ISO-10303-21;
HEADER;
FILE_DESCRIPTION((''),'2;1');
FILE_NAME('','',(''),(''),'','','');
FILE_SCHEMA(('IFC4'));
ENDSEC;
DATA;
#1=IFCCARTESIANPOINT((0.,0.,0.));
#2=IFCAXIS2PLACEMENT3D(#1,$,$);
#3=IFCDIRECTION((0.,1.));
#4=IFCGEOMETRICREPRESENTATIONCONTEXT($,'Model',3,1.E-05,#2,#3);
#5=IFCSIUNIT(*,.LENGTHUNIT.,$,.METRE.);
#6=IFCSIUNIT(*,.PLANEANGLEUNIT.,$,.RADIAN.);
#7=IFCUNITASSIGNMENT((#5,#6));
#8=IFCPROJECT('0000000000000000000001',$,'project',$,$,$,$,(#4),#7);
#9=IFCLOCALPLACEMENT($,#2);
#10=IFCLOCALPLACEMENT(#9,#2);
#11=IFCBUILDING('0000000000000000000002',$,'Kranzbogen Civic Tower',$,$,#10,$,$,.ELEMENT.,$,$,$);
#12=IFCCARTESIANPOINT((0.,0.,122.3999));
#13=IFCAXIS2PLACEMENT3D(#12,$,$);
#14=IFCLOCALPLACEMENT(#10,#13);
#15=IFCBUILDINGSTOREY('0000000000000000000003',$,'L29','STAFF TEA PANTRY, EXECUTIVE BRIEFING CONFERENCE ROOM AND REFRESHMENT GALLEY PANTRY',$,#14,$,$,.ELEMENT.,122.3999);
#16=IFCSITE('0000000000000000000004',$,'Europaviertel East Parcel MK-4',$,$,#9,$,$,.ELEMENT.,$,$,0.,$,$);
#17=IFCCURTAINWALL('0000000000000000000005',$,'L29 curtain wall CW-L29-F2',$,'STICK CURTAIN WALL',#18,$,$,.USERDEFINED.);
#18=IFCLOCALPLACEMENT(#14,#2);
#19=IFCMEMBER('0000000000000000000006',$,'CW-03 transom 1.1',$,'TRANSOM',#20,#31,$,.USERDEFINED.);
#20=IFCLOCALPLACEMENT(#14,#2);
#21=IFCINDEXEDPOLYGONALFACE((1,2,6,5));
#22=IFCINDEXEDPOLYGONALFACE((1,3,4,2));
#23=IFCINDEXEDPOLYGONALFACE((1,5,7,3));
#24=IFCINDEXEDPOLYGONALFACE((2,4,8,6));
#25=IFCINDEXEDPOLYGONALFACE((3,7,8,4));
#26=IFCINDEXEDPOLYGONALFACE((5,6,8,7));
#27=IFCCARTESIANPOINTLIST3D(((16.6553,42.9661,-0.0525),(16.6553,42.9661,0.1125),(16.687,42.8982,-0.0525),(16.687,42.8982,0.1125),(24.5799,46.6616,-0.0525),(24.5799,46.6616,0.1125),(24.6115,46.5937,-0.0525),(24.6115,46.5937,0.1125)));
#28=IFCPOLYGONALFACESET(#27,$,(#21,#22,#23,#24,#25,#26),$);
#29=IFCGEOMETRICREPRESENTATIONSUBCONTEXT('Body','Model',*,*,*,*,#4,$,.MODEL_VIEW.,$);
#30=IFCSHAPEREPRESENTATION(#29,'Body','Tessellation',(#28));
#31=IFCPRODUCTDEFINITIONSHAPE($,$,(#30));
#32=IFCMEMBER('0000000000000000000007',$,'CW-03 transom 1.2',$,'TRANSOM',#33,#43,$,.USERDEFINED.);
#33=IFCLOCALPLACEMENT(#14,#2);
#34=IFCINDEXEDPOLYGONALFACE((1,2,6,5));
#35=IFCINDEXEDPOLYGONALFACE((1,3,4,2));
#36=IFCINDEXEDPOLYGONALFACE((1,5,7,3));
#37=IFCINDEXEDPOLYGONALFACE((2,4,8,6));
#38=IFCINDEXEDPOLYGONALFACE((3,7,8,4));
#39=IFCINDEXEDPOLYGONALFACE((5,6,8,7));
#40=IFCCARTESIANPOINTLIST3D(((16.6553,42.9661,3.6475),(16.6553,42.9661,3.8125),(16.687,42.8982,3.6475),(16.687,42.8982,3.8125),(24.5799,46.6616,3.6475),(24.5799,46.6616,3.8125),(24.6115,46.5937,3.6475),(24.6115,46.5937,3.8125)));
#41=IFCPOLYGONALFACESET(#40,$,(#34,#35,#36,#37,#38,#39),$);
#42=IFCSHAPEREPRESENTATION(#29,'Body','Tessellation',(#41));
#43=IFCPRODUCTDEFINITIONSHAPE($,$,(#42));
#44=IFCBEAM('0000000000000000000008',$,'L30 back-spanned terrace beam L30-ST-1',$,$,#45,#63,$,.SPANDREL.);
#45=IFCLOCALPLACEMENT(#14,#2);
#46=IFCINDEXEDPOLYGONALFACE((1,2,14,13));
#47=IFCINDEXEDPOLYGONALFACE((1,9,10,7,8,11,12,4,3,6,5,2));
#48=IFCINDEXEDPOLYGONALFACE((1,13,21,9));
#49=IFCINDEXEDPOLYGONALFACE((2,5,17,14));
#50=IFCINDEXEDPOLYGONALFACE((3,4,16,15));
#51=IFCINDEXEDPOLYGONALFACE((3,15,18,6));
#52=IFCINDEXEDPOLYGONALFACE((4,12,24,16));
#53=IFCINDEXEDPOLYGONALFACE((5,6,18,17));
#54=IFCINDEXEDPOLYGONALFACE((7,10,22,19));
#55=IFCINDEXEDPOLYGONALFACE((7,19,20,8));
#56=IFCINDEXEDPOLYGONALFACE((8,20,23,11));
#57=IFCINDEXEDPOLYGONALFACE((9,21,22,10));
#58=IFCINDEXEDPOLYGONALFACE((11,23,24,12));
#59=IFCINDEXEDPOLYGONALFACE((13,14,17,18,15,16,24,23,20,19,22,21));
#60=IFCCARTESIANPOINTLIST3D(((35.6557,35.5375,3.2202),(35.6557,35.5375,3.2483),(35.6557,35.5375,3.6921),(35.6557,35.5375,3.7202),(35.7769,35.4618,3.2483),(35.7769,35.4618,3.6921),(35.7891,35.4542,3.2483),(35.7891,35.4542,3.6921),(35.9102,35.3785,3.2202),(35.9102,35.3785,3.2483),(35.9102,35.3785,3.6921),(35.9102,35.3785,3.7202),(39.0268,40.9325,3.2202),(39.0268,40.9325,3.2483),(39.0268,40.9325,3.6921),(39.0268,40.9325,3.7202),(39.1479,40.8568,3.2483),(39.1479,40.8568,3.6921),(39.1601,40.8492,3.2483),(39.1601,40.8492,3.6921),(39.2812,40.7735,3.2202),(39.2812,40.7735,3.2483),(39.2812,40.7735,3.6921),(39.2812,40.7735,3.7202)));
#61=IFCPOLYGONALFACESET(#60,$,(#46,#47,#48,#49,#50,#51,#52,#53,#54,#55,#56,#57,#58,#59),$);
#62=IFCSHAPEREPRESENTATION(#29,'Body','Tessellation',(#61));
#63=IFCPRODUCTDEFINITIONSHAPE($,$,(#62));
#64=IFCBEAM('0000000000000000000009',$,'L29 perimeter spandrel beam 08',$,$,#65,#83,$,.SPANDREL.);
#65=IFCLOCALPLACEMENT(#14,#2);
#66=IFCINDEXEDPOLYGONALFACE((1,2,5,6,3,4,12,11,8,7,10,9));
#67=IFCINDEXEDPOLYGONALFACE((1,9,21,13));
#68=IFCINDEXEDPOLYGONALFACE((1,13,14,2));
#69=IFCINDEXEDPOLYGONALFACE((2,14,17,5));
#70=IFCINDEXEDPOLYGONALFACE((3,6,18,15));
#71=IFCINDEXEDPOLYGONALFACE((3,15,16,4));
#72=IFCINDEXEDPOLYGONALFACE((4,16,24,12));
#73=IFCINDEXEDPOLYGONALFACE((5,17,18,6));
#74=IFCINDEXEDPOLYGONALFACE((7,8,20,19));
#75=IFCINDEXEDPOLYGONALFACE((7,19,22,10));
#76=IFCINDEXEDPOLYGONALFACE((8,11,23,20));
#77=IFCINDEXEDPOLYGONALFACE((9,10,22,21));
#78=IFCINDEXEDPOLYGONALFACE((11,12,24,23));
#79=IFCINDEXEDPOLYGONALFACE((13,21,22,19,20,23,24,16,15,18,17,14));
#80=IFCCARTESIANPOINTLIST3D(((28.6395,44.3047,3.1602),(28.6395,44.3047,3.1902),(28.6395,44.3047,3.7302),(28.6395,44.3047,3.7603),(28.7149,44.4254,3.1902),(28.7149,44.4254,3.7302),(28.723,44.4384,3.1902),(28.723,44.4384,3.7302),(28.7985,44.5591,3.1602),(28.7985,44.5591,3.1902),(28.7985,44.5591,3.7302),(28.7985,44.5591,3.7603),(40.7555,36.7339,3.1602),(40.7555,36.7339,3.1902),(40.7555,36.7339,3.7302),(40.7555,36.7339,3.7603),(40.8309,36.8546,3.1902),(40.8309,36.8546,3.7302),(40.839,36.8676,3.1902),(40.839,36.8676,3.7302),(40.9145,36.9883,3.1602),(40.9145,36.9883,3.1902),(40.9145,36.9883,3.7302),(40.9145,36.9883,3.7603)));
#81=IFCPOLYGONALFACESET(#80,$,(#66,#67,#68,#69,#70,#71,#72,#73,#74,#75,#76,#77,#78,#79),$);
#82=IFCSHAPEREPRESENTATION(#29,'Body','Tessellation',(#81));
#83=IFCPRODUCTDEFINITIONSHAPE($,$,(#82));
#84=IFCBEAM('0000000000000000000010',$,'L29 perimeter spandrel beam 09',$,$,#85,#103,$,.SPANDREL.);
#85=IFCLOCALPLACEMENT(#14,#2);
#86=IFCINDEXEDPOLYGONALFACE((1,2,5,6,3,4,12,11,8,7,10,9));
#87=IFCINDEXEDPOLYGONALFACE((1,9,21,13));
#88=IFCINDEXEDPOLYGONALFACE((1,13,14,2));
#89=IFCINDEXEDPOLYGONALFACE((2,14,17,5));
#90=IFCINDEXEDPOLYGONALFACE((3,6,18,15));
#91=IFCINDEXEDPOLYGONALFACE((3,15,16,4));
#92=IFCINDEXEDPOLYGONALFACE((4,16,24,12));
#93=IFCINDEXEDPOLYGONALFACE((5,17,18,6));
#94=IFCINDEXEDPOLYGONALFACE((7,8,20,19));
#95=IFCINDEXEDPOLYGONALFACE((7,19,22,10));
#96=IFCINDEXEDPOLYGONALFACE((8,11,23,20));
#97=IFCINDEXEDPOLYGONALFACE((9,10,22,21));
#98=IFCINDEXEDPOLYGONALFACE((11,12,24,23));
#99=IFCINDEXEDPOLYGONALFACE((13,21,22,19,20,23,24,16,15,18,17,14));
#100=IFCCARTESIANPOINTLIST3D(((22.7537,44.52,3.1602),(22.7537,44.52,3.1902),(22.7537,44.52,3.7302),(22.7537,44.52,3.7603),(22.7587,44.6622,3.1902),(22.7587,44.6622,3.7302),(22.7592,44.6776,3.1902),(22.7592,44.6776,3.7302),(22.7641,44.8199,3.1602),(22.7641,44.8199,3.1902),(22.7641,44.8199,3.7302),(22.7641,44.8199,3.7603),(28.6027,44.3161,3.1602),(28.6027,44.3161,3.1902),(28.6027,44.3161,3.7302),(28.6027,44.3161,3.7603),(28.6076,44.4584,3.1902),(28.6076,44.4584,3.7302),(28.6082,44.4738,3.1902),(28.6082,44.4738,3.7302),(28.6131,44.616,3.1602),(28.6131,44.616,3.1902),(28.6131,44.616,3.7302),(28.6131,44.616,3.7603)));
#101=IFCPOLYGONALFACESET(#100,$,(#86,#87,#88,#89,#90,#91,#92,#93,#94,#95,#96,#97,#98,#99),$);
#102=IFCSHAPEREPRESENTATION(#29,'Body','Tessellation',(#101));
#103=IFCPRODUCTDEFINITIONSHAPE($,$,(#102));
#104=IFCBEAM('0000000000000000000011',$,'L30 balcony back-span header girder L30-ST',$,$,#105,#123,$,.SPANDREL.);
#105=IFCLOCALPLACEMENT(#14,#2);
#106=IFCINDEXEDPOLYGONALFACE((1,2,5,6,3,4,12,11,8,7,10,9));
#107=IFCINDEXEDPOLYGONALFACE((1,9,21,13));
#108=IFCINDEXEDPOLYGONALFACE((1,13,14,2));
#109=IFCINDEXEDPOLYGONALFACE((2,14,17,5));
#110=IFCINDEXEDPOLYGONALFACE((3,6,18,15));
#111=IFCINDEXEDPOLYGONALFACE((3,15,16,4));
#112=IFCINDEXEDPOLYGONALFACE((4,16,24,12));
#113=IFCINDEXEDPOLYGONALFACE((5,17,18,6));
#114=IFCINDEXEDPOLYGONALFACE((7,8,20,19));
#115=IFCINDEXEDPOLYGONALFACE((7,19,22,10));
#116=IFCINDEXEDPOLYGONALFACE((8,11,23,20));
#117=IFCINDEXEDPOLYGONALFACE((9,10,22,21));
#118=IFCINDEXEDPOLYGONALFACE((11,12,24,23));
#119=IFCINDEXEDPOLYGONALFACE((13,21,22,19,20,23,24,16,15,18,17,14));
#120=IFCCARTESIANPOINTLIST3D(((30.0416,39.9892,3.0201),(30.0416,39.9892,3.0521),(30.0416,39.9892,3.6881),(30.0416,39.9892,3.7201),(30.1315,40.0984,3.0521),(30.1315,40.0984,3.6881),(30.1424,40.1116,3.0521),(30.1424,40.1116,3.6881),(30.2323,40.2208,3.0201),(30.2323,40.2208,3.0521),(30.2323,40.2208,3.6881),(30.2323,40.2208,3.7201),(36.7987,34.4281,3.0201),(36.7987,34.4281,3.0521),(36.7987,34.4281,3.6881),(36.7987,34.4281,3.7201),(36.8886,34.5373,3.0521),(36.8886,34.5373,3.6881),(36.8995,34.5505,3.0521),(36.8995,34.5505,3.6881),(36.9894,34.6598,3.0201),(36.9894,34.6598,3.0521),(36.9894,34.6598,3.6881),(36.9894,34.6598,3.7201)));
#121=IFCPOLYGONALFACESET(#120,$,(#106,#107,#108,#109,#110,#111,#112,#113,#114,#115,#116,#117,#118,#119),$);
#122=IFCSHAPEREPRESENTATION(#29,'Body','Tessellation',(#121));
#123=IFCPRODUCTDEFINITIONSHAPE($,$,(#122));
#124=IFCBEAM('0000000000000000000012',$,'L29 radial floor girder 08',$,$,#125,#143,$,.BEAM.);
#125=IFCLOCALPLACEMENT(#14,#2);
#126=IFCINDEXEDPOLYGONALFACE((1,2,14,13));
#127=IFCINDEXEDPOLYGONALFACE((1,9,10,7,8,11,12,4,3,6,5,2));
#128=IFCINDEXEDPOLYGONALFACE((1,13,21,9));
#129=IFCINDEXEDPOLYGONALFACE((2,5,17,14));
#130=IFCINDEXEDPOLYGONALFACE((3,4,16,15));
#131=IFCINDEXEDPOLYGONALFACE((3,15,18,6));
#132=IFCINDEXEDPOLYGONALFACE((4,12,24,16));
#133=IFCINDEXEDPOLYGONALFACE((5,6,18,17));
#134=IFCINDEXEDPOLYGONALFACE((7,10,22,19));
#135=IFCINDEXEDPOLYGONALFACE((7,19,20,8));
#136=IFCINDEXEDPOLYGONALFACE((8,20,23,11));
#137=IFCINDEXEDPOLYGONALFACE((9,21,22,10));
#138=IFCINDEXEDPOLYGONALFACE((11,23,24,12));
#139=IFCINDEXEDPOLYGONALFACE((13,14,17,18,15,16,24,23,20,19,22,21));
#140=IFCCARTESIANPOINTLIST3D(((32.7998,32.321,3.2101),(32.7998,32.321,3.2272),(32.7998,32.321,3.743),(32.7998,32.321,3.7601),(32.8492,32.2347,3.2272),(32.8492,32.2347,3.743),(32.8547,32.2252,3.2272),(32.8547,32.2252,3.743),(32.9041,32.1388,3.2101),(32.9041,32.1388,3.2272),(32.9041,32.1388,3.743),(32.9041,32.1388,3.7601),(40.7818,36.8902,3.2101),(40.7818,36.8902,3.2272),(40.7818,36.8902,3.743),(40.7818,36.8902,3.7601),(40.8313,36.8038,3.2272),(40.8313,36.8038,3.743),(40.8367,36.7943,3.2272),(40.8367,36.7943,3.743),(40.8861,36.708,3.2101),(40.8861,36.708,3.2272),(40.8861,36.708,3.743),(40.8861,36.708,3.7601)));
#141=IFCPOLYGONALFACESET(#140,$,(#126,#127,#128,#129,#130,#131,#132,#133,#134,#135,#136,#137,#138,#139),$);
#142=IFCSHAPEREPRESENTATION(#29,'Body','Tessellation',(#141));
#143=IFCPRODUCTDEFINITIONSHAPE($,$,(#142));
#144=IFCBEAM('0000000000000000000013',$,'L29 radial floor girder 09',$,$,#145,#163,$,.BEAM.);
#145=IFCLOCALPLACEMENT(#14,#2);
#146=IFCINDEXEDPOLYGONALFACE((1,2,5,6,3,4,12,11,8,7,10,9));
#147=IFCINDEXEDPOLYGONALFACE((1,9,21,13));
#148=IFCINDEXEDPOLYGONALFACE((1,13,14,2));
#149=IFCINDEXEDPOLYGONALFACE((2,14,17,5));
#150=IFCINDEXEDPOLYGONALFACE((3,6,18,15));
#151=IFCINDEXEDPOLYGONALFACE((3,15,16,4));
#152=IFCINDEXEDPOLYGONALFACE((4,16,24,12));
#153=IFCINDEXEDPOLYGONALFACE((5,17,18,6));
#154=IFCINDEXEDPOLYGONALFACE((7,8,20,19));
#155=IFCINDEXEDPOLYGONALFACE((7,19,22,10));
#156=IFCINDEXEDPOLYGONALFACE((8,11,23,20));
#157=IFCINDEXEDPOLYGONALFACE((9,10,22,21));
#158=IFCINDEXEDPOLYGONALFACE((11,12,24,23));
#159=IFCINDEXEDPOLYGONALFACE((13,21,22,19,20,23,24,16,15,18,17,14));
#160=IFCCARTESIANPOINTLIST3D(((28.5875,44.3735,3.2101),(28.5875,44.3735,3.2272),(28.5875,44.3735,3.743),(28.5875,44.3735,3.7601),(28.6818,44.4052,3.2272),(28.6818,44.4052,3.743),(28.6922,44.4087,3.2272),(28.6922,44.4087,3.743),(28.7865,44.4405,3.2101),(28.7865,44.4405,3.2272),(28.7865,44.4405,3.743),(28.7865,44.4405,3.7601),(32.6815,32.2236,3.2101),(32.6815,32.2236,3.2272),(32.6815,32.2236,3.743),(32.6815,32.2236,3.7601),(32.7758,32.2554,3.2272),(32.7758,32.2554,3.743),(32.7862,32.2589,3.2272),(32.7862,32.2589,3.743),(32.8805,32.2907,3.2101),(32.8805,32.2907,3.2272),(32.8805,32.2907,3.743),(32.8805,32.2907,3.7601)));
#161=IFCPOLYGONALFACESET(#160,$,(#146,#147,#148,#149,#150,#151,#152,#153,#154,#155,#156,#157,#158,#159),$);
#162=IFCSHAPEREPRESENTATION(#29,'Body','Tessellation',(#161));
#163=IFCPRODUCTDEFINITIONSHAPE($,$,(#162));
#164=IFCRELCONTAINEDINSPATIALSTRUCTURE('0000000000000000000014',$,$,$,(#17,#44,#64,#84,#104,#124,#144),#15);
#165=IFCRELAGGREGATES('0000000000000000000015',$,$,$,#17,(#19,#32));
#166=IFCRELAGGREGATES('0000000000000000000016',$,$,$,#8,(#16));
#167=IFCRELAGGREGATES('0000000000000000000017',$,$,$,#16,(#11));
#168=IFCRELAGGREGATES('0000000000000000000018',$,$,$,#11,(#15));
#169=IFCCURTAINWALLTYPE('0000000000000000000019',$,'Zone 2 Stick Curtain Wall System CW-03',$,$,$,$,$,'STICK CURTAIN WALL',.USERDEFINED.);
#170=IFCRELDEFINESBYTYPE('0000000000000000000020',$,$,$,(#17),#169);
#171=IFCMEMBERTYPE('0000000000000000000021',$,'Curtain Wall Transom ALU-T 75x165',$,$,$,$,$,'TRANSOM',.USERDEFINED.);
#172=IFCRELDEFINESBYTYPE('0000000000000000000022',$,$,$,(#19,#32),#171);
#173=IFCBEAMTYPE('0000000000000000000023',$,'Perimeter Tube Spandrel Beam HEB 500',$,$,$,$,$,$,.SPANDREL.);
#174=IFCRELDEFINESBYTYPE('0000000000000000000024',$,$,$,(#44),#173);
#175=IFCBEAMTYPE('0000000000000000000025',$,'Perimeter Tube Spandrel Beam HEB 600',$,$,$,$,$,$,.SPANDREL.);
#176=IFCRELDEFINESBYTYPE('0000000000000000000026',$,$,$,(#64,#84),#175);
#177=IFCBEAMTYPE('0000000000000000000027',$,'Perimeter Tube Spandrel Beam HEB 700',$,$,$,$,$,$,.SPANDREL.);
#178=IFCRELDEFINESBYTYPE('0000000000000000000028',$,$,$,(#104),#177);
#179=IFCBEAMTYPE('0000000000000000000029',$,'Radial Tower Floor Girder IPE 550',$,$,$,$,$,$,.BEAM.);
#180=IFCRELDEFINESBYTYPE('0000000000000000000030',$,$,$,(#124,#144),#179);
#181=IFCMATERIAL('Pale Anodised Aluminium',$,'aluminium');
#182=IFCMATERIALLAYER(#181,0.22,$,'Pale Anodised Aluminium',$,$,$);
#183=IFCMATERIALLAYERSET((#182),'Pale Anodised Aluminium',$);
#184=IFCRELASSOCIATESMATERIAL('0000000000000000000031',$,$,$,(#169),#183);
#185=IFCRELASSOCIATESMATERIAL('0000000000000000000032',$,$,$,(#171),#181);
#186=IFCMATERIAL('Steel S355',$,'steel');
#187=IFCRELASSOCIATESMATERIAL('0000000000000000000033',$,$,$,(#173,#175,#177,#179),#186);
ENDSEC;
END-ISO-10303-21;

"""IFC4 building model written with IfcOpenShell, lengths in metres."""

from ifc_helpers import new_model, si_unit, direction, frame, origin, origin_2d, place, context, subcontext, project, spatial, rectangle, i_section, extrude, material, layer, layer_set, material_profile, profile_set, type_object, element, aggregate, save


model = new_model("IFC4")

# Units and contexts
model_context = context("Model", 3, precision=1e-05, world=origin(), true_north=direction((0.0, 1.0)))
body_context = subcontext(model_context, "Body", "Model", "MODEL_VIEW")
ifc_project = project(units=[si_unit("LENGTHUNIT", "METRE"), si_unit("PLANEANGLEUNIT", "RADIAN")], contexts=[model_context])

# Site, building, storey
site_placement = place(None, origin())
site = spatial("IfcSite", under=ifc_project, at=site_placement, Name="Europaviertel East Parcel MK-4", CompositionType="ELEMENT", RefElevation=0.0)
building_placement = place(site_placement, origin())
building = spatial("IfcBuilding", under=site, at=building_placement, Name="Kranzbogen Civic Tower", CompositionType="ELEMENT")
storey_placement = place(building_placement, frame((0.0, 0.0, 122.3999)))
storey = spatial("IfcBuildingStorey", under=building, at=storey_placement, Name="L29", Description="STAFF TEA PANTRY, EXECUTIVE BRIEFING CONFERENCE ROOM AND REFRESHMENT GALLEY PANTRY", CompositionType="ELEMENT", Elevation=122.3999)

# Shared definitions
ifc_material_1 = material(Name="Steel S355", Category="steel")

# Shared definitions
ifc_material_2 = material(Name="Pale Anodised Aluminium", Category="aluminium")
ifc_layer_1 = layer(ifc_material_2, 0.22, Name="Pale Anodised Aluminium")
ifc_layer_set_1 = layer_set([ifc_layer_1], Name="Pale Anodised Aluminium")
curtain_wall_type = type_object("IfcCurtainWallType", Name="Zone 2 Stick Curtain Wall System CW-03", ElementType="STICK CURTAIN WALL", PredefinedType="USERDEFINED", material=ifc_layer_set_1)

# Curtain wall
curtain_wall_1_placement = place(storey_placement, origin())
curtain_wall_1 = element("IfcCurtainWall", 1, at=curtain_wall_1_placement, inside=storey, type_object=curtain_wall_type, Name="L29 curtain wall CW-L29-F2", ObjectType="STICK CURTAIN WALL", PredefinedType="USERDEFINED")

# Members
ifc_material_profile_1 = material_profile(ifc_material_2, rectangle(XDim=0.075, YDim=0.165, at=origin_2d()), Name="ALU-T 75x165")
ifc_profile_set_1 = profile_set([ifc_material_profile_1], Name="Pale Anodised Aluminium")
member_type_1 = type_object("IfcMemberType", Name="Curtain Wall Transom ALU-T 75x165", ElementType="TRANSOM", PredefinedType="USERDEFINED", material=ifc_profile_set_1)
member_1_placement = place(storey_placement, frame((24.5957, 46.6277, 0.03), z_axis=(-0.906296, -0.422644, 0.0), x_axis=(0.422644, -0.906296, 0.0)))
member_1 = element("IfcMember", 2, at=member_1_placement, type_object=member_type_1, Name="CW-03 transom 1.1", ObjectType="TRANSOM", PredefinedType="USERDEFINED", context=body_context, shape_type="SweptSolid", body=[
    extrude(rectangle(XDim=0.075, YDim=0.165, at=origin_2d()), origin(), (0.0, 0.0, 1.0), 8.7439),
])
member_2_placement = place(storey_placement, frame((24.5957, 46.6277, 3.73), z_axis=(-0.906296, -0.422644, 0.0), x_axis=(0.422644, -0.906296, 0.0)))
member_2 = element("IfcMember", 3, at=member_2_placement, type_object=member_type_1, Name="CW-03 transom 1.2", ObjectType="TRANSOM", PredefinedType="USERDEFINED", context=body_context, shape_type="SweptSolid", body=[
    extrude(rectangle(XDim=0.075, YDim=0.165, at=origin_2d()), origin(), (0.0, 0.0, 1.0), 8.7439),
])
aggregate(curtain_wall_1, [member_1, member_2])

# Beams
ifc_material_profile_2 = material_profile(ifc_material_1, i_section(OverallWidth=0.3, OverallDepth=0.5, WebThickness=0.0144, FlangeThickness=0.0281, at=origin_2d()), Name="HEB 500")
ifc_profile_set_2 = profile_set([ifc_material_profile_2], Name="Steel S355")
beam_type_1 = type_object("IfcBeamType", Name="Perimeter Tube Spandrel Beam HEB 500", PredefinedType="SPANDREL", material=ifc_profile_set_2)
beam_1_placement = place(storey_placement, frame((35.783, 35.458, 3.4702), z_axis=(0.529909, 0.848054, 0.0), x_axis=(-0.848054, 0.529909, 0.0)))
element("IfcBeam", 4, at=beam_1_placement, inside=storey, type_object=beam_type_1, Name="L30 back-spanned terrace beam L30-ST-1", PredefinedType="SPANDREL", context=body_context, shape_type="SweptSolid", body=[
    extrude(i_section(OverallWidth=0.3, OverallDepth=0.5, WebThickness=0.0144, FlangeThickness=0.0281, at=origin_2d()), origin(), (0.0, 0.0, 1.0), 6.3616),
])
ifc_material_profile_3 = material_profile(ifc_material_1, i_section(OverallWidth=0.3, OverallDepth=0.6001, WebThickness=0.0154, FlangeThickness=0.03, at=origin_2d()), Name="HEB 600")
ifc_profile_set_3 = profile_set([ifc_material_profile_3], Name="Steel S355")
beam_type_2 = type_object("IfcBeamType", Name="Perimeter Tube Spandrel Beam HEB 600", PredefinedType="SPANDREL", material=ifc_profile_set_3)
beam_2_placement = place(storey_placement, frame((40.835, 36.8611, 3.4602), z_axis=(-0.848051, 0.529914, 0.0), x_axis=(-0.529914, -0.848051, 0.0)))
element("IfcBeam", 5, at=beam_2_placement, inside=storey, type_object=beam_type_2, Name="L29 perimeter spandrel beam 08", PredefinedType="SPANDREL", context=body_context, shape_type="SweptSolid", body=[
    extrude(i_section(OverallWidth=0.3, OverallDepth=0.6001, WebThickness=0.0154, FlangeThickness=0.03, at=origin_2d()), origin(), (0.0, 0.0, 1.0), 14.2869),
])
beam_3_placement = place(storey_placement, frame((28.6079, 44.4661, 3.4602), z_axis=(-0.999393, 0.034833, 0.0), x_axis=(-0.034833, -0.999393, 0.0)))
element("IfcBeam", 6, at=beam_3_placement, inside=storey, type_object=beam_type_2, Name="L29 perimeter spandrel beam 09", PredefinedType="SPANDREL", context=body_context, shape_type="SweptSolid", body=[
    extrude(i_section(OverallWidth=0.3, OverallDepth=0.6001, WebThickness=0.0154, FlangeThickness=0.03, at=origin_2d()), origin(), (0.0, 0.0, 1.0), 5.8525),
])
ifc_material_profile_4 = material_profile(ifc_material_1, i_section(OverallWidth=0.3, OverallDepth=0.7, WebThickness=0.0171, FlangeThickness=0.032, at=origin_2d()), Name="HEB 700")
ifc_profile_set_4 = profile_set([ifc_material_profile_4], Name="Steel S355")
beam_type_3 = type_object("IfcBeamType", Name="Perimeter Tube Spandrel Beam HEB 700", PredefinedType="SPANDREL", material=ifc_profile_set_4)
beam_4_placement = place(storey_placement, frame((36.894, 34.5439, 3.3701), z_axis=(-0.772133, 0.635461, 0.0), x_axis=(-0.635461, -0.772133, 0.0)))
element("IfcBeam", 7, at=beam_4_placement, inside=storey, type_object=beam_type_3, Name="L30 balcony back-span header girder L30-ST", PredefinedType="SPANDREL", context=body_context, shape_type="SweptSolid", body=[
    extrude(i_section(OverallWidth=0.3, OverallDepth=0.7, WebThickness=0.0171, FlangeThickness=0.032, at=origin_2d()), origin(), (0.0, 0.0, 1.0), 8.7512),
])
ifc_material_profile_5 = material_profile(ifc_material_1, i_section(OverallWidth=0.21, OverallDepth=0.55, WebThickness=0.011, FlangeThickness=0.0171, at=origin_2d()), Name="IPE 550")
ifc_profile_set_5 = profile_set([ifc_material_profile_5], Name="Steel S355")
beam_type_4 = type_object("IfcBeamType", Name="Radial Tower Floor Girder IPE 550", PredefinedType="BEAM", material=ifc_profile_set_5)
beam_5_placement = place(storey_placement, frame((40.834, 36.7991, 3.4851), z_axis=(-0.867869, -0.496793, 0.0), x_axis=(0.496793, -0.867869, 0.0)))
element("IfcBeam", 8, at=beam_5_placement, inside=storey, type_object=beam_type_4, Name="L29 radial floor girder 08", PredefinedType="BEAM", context=body_context, shape_type="SweptSolid", body=[
    extrude(i_section(OverallWidth=0.21, OverallDepth=0.55, WebThickness=0.011, FlangeThickness=0.0171, at=origin_2d()), origin(), (0.0, 0.0, 1.0), 9.1973),
])
beam_6_placement = place(storey_placement, frame((28.687, 44.407, 3.4851), z_axis=(0.319317, -0.947648, 0.0), x_axis=(0.947648, 0.319317, 0.0)))
element("IfcBeam", 9, at=beam_6_placement, inside=storey, type_object=beam_type_4, Name="L29 radial floor girder 09", PredefinedType="BEAM", context=body_context, shape_type="SweptSolid", body=[
    extrude(i_section(OverallWidth=0.21, OverallDepth=0.55, WebThickness=0.011, FlangeThickness=0.0171, at=origin_2d()), origin(), (0.0, 0.0, 1.0), 12.821),
])

save(model, "model.ifc")
